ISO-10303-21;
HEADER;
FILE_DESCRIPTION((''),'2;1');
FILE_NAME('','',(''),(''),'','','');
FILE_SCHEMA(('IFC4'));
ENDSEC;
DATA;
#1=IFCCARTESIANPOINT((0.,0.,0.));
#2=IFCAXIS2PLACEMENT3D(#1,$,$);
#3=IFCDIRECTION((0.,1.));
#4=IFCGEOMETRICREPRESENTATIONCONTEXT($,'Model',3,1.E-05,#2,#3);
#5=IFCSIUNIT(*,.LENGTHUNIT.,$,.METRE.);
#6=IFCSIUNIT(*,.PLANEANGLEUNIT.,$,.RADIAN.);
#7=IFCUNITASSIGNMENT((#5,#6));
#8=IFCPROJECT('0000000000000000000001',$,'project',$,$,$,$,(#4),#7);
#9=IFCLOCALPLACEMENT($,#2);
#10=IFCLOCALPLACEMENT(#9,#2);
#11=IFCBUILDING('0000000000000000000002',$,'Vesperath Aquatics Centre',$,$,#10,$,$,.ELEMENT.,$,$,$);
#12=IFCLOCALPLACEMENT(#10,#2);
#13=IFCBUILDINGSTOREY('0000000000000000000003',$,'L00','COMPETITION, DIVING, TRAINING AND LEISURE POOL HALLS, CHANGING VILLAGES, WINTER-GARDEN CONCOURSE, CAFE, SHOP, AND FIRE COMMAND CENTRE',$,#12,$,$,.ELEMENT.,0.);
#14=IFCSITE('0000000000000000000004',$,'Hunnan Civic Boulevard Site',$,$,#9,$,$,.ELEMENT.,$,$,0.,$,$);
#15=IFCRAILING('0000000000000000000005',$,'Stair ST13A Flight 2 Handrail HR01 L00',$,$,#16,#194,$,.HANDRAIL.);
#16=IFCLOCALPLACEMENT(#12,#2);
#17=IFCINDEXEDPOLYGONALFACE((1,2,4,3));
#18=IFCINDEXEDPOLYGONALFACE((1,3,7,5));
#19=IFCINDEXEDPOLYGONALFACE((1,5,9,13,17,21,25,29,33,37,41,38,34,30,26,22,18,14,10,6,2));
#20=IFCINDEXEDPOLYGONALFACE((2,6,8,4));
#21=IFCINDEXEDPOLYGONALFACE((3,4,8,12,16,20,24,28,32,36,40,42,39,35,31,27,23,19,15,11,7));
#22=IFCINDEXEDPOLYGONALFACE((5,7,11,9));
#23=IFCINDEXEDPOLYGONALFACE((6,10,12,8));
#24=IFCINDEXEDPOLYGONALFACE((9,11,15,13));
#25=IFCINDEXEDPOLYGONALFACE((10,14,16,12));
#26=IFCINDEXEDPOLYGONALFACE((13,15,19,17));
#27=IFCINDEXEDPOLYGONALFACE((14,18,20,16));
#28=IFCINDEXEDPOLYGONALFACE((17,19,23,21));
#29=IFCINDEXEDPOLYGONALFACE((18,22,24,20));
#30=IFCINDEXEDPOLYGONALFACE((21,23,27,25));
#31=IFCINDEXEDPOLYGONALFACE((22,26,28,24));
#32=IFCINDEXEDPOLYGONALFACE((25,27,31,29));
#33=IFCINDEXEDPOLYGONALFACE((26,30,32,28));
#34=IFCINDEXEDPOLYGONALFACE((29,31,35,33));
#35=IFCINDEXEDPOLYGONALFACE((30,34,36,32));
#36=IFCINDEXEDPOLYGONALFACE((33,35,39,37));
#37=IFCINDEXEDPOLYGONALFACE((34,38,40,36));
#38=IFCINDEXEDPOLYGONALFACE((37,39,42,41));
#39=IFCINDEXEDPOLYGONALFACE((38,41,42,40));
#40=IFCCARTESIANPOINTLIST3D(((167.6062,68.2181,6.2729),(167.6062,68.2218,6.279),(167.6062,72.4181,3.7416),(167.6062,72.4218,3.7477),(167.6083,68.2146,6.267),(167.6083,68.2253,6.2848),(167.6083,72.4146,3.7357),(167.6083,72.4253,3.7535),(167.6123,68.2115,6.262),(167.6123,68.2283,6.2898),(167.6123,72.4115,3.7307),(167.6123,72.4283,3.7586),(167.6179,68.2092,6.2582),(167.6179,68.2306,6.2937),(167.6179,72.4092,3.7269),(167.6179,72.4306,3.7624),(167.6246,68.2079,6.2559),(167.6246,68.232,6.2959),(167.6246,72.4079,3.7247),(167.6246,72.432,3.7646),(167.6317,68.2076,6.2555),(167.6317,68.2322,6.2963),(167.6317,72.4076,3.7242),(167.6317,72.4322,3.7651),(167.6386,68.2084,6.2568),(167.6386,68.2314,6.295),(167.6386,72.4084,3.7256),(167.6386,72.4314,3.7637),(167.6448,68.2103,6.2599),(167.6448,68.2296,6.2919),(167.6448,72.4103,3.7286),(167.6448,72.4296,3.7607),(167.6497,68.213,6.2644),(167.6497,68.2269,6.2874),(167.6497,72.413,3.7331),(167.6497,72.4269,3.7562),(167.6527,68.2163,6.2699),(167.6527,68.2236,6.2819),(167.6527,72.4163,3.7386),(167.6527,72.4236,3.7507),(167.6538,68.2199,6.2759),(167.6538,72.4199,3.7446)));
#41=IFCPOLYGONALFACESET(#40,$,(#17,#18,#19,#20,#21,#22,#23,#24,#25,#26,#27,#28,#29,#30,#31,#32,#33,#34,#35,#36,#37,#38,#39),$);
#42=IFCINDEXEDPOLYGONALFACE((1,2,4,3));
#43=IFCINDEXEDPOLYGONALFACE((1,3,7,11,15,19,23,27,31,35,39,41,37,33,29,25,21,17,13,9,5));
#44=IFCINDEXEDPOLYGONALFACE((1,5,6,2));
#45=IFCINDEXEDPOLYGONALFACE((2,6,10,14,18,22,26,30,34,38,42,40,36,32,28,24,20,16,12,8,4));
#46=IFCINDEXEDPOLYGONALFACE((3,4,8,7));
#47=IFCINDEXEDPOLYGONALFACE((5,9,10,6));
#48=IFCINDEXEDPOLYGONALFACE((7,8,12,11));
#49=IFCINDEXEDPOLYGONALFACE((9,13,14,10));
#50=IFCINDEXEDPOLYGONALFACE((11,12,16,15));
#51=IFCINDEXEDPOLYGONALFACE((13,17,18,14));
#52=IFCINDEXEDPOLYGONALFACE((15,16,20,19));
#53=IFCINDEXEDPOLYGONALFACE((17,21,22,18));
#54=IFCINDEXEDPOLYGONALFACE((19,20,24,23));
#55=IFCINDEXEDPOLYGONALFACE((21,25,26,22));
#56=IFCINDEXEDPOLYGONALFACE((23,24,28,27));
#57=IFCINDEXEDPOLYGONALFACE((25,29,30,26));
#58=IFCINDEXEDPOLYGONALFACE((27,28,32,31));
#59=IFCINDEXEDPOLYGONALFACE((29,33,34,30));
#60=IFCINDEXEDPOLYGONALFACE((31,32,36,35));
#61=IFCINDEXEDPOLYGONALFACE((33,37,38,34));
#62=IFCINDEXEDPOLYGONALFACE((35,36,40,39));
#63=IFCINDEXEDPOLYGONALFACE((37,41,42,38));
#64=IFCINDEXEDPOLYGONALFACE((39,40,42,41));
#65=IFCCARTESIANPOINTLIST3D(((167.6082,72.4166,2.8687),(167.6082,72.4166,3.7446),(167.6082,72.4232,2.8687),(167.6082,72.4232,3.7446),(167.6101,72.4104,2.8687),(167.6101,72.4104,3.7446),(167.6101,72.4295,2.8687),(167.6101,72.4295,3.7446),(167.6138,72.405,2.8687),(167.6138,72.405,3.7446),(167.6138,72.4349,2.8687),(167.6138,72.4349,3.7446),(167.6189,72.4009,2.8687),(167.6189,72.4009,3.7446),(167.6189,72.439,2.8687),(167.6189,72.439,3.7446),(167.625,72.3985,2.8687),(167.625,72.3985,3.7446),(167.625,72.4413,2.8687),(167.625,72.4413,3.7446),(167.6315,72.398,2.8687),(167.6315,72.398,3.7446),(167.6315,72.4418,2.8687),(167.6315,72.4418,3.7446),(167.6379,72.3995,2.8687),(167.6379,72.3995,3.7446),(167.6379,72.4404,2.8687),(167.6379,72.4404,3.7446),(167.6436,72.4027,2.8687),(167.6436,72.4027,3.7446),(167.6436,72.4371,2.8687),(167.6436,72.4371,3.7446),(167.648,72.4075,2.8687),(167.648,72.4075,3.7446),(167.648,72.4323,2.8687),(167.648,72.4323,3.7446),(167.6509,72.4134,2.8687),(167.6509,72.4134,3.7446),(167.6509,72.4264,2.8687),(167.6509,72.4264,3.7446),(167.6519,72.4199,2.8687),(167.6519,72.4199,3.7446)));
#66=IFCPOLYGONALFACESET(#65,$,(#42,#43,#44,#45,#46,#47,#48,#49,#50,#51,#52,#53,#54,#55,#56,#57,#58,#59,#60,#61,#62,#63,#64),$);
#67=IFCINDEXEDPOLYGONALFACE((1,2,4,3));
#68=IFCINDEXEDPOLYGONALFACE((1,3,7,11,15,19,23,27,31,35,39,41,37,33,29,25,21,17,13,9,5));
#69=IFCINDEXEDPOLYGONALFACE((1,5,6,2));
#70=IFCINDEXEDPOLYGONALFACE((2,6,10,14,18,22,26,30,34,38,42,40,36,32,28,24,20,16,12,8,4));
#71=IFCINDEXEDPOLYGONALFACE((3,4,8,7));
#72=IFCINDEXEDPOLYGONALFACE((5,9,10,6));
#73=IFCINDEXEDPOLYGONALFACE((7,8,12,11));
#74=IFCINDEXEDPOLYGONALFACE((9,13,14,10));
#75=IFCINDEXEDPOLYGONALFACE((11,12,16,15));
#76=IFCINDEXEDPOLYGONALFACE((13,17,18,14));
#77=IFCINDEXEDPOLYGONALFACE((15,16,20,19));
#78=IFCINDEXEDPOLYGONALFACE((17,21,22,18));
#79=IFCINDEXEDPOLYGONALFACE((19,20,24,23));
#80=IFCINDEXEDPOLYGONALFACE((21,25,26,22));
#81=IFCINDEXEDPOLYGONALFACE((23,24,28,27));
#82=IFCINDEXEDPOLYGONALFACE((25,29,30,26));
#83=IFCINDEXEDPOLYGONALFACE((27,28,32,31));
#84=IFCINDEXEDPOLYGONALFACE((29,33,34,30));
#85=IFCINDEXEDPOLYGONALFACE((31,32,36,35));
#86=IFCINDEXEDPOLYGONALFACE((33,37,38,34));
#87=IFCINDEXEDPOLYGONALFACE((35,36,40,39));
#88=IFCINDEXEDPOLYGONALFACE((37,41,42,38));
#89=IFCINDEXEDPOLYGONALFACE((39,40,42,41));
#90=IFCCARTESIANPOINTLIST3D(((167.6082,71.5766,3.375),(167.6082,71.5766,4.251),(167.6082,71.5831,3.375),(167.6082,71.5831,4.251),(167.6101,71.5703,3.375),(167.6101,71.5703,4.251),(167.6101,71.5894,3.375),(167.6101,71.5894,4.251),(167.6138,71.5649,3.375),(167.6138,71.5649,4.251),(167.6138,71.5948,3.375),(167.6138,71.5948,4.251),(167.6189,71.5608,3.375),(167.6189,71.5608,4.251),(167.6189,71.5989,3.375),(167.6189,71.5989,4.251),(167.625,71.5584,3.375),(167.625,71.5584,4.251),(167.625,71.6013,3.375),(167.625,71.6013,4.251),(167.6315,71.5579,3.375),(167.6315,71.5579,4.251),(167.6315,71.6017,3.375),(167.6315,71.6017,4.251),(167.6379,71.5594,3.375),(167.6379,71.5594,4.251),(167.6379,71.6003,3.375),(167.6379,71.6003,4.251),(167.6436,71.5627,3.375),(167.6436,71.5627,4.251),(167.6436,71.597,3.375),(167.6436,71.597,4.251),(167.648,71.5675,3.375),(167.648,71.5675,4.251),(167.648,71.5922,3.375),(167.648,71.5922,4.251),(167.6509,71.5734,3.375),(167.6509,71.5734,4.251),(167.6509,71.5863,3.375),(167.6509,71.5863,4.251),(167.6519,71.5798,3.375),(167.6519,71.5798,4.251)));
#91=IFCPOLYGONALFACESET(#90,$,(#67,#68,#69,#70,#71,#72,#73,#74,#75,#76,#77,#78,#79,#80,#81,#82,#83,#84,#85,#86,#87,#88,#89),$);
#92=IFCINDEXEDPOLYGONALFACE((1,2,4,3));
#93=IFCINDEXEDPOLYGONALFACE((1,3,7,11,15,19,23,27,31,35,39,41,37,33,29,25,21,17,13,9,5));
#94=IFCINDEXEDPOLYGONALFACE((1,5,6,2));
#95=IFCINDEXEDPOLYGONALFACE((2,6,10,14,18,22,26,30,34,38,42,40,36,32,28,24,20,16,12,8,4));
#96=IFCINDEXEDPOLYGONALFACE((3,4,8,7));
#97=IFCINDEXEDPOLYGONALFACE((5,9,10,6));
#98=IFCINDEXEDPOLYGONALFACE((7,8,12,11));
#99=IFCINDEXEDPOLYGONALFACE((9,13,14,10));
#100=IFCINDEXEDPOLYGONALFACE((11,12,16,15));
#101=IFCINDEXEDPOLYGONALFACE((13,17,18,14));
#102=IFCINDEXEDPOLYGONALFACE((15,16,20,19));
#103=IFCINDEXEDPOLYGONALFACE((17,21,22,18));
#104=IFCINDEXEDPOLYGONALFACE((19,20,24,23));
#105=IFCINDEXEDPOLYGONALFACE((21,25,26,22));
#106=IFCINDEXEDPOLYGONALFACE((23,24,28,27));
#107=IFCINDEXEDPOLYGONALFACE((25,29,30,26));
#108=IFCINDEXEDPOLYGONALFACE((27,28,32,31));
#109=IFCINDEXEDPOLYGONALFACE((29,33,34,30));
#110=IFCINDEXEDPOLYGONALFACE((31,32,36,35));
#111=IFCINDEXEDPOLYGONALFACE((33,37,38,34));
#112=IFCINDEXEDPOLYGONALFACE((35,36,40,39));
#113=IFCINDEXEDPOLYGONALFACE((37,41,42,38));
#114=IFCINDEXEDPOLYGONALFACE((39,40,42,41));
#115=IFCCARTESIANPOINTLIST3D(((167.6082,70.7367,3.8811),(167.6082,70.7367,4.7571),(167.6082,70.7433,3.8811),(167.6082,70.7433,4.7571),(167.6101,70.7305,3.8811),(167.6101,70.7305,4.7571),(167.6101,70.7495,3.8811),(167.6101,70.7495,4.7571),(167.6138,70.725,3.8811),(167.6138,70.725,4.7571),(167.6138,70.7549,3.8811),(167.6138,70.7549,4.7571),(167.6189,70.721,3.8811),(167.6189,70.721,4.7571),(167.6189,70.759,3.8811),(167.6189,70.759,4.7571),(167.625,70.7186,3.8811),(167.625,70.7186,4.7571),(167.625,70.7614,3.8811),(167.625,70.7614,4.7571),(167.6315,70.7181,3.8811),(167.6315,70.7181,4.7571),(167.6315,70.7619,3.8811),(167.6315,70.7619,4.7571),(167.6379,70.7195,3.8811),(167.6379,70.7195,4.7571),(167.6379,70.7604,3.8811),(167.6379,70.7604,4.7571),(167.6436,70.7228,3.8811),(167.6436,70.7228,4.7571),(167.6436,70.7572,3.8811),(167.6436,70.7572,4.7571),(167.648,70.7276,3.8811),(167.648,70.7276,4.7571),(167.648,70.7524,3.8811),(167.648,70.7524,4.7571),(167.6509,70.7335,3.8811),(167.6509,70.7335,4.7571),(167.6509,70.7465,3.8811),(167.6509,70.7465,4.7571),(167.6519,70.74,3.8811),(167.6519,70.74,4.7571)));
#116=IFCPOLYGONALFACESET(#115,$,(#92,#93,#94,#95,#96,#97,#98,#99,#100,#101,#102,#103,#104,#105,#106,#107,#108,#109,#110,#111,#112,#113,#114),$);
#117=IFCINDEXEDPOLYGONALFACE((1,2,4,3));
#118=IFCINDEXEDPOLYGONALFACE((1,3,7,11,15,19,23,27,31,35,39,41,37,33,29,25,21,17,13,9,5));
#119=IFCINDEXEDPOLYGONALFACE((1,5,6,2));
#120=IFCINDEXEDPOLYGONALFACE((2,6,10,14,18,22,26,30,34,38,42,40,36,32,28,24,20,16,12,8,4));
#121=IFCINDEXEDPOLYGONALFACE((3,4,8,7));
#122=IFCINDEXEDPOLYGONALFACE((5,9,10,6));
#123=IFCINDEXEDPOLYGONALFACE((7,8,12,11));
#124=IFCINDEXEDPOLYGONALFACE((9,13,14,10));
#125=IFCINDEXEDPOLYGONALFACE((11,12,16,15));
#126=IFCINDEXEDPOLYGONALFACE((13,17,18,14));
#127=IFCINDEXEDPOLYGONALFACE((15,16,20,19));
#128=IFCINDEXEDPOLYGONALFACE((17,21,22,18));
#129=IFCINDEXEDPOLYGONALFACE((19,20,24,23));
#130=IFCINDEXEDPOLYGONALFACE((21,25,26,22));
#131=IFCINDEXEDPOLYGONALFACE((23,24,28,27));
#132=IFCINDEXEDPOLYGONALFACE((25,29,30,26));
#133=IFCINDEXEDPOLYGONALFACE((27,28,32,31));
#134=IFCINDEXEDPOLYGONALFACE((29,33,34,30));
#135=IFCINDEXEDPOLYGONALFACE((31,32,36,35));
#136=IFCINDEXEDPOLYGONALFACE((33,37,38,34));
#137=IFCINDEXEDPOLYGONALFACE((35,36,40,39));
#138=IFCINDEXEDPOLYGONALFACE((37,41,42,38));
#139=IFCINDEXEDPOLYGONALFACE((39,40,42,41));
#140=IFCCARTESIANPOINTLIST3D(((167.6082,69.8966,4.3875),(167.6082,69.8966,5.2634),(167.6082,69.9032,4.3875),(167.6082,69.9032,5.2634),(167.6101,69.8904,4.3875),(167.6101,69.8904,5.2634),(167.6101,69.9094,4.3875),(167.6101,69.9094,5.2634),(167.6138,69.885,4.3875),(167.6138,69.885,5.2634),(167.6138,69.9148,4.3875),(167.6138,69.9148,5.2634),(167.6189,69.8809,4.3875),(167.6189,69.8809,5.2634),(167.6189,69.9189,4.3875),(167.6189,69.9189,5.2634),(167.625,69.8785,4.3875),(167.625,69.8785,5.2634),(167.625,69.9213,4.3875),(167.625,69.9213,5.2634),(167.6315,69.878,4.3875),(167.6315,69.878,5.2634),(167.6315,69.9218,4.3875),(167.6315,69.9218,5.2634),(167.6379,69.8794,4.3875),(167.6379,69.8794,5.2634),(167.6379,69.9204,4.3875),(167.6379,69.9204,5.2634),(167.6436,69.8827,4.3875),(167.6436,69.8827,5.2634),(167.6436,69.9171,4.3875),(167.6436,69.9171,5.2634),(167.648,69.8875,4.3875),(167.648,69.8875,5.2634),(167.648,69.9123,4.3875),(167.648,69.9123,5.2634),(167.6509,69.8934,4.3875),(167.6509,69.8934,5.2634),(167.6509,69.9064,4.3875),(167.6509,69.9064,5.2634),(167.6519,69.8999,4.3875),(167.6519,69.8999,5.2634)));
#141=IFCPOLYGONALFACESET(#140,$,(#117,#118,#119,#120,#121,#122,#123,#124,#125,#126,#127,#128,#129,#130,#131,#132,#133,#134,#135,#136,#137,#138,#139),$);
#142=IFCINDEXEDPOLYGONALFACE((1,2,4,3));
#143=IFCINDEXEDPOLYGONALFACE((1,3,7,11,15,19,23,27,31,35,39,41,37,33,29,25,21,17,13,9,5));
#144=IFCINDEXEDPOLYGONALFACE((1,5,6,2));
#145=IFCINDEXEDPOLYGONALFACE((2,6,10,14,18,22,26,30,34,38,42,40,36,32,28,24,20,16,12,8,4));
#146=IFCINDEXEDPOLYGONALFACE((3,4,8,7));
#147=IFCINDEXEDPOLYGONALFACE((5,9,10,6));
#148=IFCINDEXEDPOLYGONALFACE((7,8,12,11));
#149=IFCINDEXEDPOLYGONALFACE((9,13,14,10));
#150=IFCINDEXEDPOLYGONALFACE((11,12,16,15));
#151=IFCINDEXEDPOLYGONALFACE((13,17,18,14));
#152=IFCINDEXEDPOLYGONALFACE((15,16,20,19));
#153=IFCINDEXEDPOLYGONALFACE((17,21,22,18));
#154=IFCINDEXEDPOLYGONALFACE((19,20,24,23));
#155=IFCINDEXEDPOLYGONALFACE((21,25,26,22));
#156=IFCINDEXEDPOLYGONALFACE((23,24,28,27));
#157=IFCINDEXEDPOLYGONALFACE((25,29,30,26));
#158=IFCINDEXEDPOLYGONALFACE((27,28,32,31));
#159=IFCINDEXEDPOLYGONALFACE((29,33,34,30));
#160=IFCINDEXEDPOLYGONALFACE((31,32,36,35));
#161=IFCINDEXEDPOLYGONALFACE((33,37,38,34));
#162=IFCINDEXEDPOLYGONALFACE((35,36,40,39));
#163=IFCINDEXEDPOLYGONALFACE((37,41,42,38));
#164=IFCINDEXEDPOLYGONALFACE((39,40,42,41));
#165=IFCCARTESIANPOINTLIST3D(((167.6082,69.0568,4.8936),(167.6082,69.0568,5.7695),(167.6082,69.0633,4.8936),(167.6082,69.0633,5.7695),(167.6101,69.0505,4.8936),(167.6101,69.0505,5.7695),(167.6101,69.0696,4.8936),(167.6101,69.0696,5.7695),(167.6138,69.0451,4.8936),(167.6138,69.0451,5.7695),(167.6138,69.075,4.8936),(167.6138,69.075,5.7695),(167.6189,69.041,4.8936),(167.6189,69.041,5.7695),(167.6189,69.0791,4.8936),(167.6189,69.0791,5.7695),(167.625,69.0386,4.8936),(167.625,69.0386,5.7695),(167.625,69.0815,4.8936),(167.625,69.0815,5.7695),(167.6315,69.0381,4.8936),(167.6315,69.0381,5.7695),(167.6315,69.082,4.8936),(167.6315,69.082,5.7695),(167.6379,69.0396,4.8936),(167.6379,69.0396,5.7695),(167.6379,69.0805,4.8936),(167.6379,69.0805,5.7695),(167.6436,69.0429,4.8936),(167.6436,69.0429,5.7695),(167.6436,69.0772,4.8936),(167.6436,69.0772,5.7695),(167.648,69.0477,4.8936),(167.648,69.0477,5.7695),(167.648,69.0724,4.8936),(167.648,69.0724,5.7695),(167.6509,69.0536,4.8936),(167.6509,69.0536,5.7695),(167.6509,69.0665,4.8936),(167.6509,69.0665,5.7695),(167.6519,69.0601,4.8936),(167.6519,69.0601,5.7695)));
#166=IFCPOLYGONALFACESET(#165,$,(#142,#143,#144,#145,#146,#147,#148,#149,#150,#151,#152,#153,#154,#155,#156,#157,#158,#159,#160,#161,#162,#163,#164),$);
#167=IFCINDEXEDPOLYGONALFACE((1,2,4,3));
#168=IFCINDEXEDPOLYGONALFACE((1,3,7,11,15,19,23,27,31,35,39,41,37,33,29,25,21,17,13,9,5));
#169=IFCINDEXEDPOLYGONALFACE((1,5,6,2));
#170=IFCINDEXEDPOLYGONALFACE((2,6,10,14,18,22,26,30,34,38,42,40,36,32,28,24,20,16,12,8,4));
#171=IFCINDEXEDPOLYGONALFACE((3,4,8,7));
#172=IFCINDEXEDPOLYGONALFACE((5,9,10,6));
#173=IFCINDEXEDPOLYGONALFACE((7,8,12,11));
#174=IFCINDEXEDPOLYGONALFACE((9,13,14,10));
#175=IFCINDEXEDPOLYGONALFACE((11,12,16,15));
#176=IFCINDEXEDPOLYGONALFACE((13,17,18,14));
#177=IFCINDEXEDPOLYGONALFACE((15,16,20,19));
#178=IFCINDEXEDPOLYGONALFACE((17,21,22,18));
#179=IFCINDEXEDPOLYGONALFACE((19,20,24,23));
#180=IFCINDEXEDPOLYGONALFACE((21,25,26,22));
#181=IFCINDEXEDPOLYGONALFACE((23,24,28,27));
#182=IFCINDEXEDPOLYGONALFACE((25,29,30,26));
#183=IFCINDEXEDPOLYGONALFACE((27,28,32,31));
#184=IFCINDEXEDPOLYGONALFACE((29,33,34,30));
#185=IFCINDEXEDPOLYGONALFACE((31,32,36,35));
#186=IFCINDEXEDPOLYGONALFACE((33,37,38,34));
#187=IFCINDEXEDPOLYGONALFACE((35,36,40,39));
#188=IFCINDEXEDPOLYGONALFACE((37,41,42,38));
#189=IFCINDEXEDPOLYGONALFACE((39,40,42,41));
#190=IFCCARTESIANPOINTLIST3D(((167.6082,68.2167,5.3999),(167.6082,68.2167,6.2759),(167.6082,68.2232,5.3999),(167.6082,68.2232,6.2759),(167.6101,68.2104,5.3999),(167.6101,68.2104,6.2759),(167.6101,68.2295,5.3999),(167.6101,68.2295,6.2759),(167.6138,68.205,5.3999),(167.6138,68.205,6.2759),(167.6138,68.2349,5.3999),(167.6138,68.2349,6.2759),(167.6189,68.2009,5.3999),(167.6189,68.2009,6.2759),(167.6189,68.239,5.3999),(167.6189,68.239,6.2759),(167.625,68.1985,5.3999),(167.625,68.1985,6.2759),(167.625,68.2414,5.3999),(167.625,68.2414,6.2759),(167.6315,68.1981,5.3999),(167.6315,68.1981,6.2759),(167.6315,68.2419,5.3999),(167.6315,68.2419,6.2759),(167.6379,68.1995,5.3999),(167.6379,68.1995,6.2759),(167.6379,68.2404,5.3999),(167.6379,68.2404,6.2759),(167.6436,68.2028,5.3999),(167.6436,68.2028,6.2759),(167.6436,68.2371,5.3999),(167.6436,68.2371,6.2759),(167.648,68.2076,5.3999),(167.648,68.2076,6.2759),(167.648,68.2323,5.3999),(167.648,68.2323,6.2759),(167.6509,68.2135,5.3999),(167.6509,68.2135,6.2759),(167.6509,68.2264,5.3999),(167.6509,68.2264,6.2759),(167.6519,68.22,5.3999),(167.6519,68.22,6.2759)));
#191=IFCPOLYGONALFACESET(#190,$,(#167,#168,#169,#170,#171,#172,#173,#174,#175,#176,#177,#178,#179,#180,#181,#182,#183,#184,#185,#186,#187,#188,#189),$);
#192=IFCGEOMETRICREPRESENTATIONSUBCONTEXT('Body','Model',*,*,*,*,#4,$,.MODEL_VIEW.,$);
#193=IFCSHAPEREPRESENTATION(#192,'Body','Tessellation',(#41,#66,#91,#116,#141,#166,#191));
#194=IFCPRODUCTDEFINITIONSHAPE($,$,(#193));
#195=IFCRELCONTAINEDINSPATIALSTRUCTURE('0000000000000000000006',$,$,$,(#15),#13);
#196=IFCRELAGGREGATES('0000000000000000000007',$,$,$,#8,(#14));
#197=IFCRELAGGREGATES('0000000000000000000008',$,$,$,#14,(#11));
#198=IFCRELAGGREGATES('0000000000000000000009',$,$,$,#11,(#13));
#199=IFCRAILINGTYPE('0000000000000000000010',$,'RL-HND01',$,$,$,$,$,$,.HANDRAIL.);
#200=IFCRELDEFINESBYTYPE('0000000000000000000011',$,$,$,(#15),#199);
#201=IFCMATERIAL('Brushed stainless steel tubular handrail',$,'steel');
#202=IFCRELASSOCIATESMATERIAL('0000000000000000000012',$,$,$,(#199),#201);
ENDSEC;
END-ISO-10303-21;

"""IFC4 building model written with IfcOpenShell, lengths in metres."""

from ifc_helpers import new_model, si_unit, direction, frame, origin, origin_2d, place, context, subcontext, project, spatial, circle, extrude, material, type_object, element, save


model = new_model("IFC4")

# Units and contexts
model_context = context("Model", 3, precision=1e-05, world=origin(), true_north=direction((0.0, 1.0)))
body_context = subcontext(model_context, "Body", "Model", "MODEL_VIEW")
ifc_project = project(units=[si_unit("LENGTHUNIT", "METRE"), si_unit("PLANEANGLEUNIT", "RADIAN")], contexts=[model_context])

# Site, building, storey
site_placement = place(None, origin())
site = spatial("IfcSite", under=ifc_project, at=site_placement, Name="Hunnan Civic Boulevard Site", CompositionType="ELEMENT", RefElevation=0.0)
building_placement = place(site_placement, origin())
building = spatial("IfcBuilding", under=site, at=building_placement, Name="Vesperath Aquatics Centre", CompositionType="ELEMENT")
storey_placement = place(building_placement, origin())
storey = spatial("IfcBuildingStorey", under=building, at=storey_placement, Name="L00", Description="COMPETITION, DIVING, TRAINING AND LEISURE POOL HALLS, CHANGING VILLAGES, WINTER-GARDEN CONCOURSE, CAFE, SHOP, AND FIRE COMMAND CENTRE", CompositionType="ELEMENT", Elevation=0.0)

# Railing
ifc_material_1 = material(Name="Brushed stainless steel tubular handrail", Category="steel")
railing_type_1 = type_object("IfcRailingType", Name="RL-HND01", PredefinedType="HANDRAIL", material=ifc_material_1)
railing_1_placement = place(storey_placement, frame((167.6299, 72.4199, 2.8687)))
element("IfcRailing", 1, at=railing_1_placement, inside=storey, type_object=railing_type_1, Name="Stair ST13A Flight 2 Handrail HR01 L00", PredefinedType="HANDRAIL", context=body_context, shape_type="SweptSolid", body=[
    extrude(circle(Radius=0.0239, at=origin_2d()), frame((0.0, 0.0, 0.876), z_axis=(0.0, -0.856476, 0.516186), x_axis=(1.0, 0.0, 0.0)), (0.0, 0.0, 1.0), 4.9038),
    extrude(circle(Radius=0.022, at=origin_2d()), origin(), (0.0, 0.0, 1.0), 0.876),
    extrude(circle(Radius=0.022, at=origin_2d()), frame((0.0, -0.8401, 0.5063)), (0.0, 0.0, 1.0), 0.876),
    extrude(circle(Radius=0.022, at=origin_2d()), frame((0.0, -1.6799, 1.0125)), (0.0, 0.0, 1.0), 0.876),
    extrude(circle(Radius=0.022, at=origin_2d()), frame((0.0, -2.52, 1.5188)), (0.0, 0.0, 1.0), 0.876),
    extrude(circle(Radius=0.022, at=origin_2d()), frame((0.0, -3.3599, 2.0249)), (0.0, 0.0, 1.0), 0.876),
    extrude(circle(Radius=0.022, at=origin_2d()), frame((0.0, -4.2, 2.5312)), (0.0, 0.0, 1.0), 0.876),
])

save(model, "model.ifc")
